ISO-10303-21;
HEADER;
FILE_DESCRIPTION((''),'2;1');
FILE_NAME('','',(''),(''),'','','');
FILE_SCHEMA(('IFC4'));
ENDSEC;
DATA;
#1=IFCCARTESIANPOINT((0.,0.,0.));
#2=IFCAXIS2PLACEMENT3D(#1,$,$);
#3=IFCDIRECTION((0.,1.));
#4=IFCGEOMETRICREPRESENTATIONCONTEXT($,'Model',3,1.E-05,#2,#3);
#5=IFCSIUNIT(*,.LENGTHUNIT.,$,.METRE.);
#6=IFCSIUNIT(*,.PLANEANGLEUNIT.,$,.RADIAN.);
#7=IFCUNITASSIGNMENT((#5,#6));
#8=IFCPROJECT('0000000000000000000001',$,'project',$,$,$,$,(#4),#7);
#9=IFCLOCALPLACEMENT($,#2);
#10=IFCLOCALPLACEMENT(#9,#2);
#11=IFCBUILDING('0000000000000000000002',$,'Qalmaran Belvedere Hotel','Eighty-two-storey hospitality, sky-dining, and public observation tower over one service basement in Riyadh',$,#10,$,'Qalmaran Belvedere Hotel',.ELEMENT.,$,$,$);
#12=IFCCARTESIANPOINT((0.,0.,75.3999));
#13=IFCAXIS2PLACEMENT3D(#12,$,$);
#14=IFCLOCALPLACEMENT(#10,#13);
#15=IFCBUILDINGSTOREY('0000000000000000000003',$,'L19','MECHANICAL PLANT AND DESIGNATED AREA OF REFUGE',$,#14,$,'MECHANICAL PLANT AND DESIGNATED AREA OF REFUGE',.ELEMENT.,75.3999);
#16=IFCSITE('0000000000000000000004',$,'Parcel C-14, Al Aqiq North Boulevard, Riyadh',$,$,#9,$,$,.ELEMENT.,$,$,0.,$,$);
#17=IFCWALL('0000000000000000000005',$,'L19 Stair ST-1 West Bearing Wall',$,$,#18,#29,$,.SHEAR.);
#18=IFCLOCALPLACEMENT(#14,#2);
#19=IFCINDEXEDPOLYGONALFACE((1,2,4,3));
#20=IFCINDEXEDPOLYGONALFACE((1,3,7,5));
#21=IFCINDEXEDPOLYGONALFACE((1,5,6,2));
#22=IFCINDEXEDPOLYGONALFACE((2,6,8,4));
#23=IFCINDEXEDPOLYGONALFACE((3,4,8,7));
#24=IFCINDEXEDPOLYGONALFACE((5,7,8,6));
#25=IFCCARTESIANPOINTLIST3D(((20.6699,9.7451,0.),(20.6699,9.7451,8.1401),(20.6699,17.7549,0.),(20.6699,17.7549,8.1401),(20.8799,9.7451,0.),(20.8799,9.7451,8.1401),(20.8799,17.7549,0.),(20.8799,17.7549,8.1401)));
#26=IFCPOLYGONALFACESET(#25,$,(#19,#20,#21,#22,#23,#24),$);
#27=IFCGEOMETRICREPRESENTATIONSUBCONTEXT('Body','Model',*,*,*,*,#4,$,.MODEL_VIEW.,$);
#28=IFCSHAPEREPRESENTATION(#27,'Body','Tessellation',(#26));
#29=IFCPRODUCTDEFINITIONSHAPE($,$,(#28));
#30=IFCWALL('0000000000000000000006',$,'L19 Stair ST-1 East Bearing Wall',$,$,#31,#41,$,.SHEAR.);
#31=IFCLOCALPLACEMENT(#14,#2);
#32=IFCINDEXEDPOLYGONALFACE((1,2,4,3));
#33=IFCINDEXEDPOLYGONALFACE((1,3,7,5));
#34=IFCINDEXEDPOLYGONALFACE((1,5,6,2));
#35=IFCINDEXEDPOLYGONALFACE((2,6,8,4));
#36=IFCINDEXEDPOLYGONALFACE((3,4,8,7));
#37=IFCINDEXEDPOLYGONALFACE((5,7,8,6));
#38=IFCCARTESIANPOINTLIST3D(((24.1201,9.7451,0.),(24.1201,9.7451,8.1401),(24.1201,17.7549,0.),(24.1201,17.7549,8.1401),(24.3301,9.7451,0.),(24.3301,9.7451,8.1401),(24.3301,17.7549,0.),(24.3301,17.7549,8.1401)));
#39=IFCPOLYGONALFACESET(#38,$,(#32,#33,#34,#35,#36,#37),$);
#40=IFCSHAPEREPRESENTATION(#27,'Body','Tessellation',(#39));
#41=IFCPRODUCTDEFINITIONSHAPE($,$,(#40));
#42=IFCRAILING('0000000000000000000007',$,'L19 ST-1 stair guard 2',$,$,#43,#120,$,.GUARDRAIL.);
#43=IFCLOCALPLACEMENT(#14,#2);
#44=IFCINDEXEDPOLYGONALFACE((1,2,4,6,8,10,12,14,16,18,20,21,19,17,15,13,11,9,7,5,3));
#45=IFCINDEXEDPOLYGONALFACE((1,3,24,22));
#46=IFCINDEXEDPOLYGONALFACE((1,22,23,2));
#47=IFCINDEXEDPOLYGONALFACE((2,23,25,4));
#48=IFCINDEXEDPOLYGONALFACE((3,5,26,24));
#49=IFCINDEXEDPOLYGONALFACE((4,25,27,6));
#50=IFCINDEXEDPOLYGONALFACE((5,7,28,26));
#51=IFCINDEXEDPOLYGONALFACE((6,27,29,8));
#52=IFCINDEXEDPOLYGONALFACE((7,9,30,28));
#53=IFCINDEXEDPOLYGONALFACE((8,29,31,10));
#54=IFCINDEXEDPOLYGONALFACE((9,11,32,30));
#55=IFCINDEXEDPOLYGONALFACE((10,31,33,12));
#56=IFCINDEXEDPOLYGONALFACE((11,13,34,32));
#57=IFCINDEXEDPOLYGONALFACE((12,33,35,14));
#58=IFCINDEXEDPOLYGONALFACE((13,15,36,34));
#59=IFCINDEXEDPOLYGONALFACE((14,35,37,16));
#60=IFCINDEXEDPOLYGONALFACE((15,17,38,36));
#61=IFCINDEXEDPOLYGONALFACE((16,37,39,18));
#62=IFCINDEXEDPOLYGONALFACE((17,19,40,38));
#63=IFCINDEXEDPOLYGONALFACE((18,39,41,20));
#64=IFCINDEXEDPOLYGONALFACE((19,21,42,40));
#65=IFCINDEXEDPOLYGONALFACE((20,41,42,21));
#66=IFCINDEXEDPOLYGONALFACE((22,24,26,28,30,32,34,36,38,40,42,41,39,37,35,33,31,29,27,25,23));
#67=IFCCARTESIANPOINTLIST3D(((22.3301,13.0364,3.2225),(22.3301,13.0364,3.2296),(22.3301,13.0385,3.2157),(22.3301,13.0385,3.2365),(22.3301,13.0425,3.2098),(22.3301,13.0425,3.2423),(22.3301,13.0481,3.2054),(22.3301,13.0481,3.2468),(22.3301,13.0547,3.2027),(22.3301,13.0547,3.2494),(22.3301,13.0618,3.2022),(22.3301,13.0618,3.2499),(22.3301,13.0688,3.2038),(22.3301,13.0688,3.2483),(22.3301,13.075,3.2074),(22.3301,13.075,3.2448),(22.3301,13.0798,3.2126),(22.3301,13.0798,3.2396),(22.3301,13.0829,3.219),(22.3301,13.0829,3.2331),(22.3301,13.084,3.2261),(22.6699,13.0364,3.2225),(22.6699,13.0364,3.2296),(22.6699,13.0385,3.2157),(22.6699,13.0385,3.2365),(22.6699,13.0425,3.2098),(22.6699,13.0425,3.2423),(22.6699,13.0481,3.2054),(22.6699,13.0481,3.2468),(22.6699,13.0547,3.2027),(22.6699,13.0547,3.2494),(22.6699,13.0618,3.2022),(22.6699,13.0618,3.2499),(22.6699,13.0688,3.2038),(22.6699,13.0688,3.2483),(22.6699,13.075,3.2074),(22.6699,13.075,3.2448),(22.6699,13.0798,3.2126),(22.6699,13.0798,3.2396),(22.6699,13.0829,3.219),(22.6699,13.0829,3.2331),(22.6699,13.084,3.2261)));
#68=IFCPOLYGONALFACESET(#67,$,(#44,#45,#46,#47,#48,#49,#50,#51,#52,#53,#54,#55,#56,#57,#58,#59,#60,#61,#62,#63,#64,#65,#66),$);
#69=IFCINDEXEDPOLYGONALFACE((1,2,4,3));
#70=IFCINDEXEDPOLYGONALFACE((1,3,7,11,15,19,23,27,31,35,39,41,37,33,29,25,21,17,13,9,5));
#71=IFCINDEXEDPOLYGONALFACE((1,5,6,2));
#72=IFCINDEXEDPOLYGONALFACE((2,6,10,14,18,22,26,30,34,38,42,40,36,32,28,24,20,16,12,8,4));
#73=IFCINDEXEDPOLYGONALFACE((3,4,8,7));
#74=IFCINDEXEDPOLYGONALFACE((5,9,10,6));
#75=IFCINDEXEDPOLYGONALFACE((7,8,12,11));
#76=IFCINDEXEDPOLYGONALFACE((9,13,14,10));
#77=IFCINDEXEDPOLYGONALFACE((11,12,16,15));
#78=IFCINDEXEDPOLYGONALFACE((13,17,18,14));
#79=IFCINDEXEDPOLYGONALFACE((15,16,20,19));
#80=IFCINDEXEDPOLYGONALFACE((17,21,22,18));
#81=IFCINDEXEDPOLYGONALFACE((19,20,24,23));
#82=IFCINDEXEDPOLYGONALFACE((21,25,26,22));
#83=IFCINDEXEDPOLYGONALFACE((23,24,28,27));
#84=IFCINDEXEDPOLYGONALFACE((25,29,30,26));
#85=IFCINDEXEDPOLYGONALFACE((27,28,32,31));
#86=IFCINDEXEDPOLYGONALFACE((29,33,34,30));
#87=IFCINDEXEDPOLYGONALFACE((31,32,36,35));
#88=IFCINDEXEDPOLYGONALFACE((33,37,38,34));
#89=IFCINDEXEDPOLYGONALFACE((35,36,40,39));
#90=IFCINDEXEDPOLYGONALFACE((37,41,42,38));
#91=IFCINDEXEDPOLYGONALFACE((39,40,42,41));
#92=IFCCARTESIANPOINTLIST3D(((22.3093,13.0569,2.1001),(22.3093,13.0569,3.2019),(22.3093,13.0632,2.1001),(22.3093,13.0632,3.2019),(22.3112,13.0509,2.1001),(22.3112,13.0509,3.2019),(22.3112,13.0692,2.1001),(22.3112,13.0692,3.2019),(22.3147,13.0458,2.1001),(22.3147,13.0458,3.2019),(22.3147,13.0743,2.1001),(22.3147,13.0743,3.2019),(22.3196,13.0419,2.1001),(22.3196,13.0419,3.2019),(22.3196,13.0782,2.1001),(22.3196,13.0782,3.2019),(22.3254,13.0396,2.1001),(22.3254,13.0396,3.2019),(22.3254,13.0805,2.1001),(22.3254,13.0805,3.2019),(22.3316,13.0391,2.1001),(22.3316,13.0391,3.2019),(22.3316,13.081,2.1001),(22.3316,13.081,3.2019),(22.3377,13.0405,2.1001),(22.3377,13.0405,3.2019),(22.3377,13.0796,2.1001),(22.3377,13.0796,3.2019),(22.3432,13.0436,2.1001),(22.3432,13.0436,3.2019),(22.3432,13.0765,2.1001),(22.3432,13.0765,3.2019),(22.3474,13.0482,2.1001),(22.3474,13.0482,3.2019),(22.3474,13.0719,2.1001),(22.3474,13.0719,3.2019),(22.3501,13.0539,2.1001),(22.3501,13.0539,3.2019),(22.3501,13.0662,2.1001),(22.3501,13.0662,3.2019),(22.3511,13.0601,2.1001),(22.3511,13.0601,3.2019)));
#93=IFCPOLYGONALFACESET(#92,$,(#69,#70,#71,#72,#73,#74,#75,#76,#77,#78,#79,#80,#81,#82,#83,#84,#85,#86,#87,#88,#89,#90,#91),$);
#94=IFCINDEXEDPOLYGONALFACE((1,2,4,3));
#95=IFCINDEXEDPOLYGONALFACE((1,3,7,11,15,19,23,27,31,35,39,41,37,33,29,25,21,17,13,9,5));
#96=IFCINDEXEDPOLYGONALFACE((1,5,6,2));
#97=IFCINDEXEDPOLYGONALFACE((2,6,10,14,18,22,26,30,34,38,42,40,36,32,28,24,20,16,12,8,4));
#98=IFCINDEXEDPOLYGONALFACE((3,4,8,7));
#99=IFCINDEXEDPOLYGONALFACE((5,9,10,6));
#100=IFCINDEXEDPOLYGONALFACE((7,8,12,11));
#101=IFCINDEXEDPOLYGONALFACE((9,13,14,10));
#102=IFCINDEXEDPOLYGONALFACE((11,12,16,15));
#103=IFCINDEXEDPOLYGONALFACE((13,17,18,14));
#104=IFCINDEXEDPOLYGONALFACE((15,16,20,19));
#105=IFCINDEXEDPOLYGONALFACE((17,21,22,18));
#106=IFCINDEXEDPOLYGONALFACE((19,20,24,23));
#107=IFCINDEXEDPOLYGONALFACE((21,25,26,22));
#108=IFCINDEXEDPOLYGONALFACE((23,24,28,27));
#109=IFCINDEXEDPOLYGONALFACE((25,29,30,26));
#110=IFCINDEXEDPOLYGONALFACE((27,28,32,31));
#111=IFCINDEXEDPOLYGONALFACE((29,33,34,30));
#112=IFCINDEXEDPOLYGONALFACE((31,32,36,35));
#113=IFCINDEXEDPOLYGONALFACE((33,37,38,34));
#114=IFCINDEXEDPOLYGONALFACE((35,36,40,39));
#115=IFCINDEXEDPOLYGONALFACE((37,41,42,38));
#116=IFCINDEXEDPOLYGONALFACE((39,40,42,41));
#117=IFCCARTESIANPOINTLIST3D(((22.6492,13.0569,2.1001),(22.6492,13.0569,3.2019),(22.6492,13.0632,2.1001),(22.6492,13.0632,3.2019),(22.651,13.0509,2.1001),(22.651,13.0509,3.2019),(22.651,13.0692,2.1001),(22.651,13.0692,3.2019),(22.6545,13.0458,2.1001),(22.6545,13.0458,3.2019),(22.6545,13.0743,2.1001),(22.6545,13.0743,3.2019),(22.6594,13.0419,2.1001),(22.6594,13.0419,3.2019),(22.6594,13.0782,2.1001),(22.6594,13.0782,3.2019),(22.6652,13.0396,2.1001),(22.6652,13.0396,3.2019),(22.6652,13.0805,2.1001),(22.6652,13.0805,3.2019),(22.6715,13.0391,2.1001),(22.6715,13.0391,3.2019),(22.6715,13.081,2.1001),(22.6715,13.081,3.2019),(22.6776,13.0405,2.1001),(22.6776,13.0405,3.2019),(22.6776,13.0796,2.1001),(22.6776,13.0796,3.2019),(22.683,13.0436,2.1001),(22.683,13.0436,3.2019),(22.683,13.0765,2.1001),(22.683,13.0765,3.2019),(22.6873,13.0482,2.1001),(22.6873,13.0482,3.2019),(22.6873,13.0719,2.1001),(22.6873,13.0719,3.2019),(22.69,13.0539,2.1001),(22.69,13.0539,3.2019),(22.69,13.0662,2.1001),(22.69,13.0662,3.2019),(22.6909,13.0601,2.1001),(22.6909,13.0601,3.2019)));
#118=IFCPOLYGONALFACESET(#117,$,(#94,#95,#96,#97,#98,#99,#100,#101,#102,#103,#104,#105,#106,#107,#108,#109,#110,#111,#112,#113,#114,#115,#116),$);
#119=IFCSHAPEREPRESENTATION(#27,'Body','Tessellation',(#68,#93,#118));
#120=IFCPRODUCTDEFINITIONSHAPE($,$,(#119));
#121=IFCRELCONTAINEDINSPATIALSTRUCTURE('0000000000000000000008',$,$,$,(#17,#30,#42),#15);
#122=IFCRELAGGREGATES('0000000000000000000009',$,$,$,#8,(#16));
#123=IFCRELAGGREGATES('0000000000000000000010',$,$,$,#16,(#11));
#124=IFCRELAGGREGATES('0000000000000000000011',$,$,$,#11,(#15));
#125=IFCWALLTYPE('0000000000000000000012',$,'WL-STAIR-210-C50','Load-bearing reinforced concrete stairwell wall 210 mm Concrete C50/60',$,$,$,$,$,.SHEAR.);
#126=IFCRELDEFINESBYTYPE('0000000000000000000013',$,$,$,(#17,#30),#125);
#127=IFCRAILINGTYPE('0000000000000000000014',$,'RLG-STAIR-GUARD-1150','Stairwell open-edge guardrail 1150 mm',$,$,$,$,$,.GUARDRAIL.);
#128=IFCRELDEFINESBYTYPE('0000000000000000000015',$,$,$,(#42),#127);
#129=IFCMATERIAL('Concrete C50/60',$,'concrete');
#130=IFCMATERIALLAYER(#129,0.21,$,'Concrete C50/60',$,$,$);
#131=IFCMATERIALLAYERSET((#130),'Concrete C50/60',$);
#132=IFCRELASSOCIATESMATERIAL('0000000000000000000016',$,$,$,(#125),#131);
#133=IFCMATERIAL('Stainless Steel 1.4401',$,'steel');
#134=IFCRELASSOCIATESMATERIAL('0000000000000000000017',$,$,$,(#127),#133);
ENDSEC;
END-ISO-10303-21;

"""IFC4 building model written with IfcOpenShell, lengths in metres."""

from ifc_helpers import new_model, si_unit, direction, frame, frame_2d, origin, origin_2d, place, context, subcontext, project, spatial, rectangle, circle, extrude, material, layer, layer_set, type_object, element, save


model = new_model("IFC4")

# Units and contexts
model_context = context("Model", 3, precision=1e-05, world=origin(), true_north=direction((0.0, 1.0)))
body_context = subcontext(model_context, "Body", "Model", "MODEL_VIEW")
ifc_project = project(units=[si_unit("LENGTHUNIT", "METRE"), si_unit("PLANEANGLEUNIT", "RADIAN")], contexts=[model_context])

# Site, building, storey
site_placement = place(None, origin())
site = spatial("IfcSite", under=ifc_project, at=site_placement, Name="Parcel C-14, Al Aqiq North Boulevard, Riyadh", CompositionType="ELEMENT", RefElevation=0.0)
building_placement = place(site_placement, origin())
building = spatial("IfcBuilding", under=site, at=building_placement, Name="Qalmaran Belvedere Hotel", Description="Eighty-two-storey hospitality, sky-dining, and public observation tower over one service basement in Riyadh", LongName="Qalmaran Belvedere Hotel", CompositionType="ELEMENT")
storey_placement = place(building_placement, frame((0.0, 0.0, 75.3999)))
storey = spatial("IfcBuildingStorey", under=building, at=storey_placement, Name="L19", Description="MECHANICAL PLANT AND DESIGNATED AREA OF REFUGE", LongName="MECHANICAL PLANT AND DESIGNATED AREA OF REFUGE", CompositionType="ELEMENT", Elevation=75.3999)

# Walls
ifc_material_1 = material(Name="Concrete C50/60", Category="concrete")
ifc_layer_1 = layer(ifc_material_1, 0.21, Name="Concrete C50/60")
ifc_layer_set_1 = layer_set([ifc_layer_1], Name="Concrete C50/60")
wall_type_1 = type_object("IfcWallType", Name="WL-STAIR-210-C50", Description="Load-bearing reinforced concrete stairwell wall 210 mm Concrete C50/60", PredefinedType="SHEAR", material=ifc_layer_set_1)
for number, where, z_axis, x_axis, name in (
    (1, (20.7749, 9.7451, 0.0), (0.0, 0.0, 1.0), (0.0, 1.0, 0.0), "L19 Stair ST-1 West Bearing Wall"),
    (2, (24.2251, 9.7451, 0.0), (0.0, 0.0, 1.0), (0.0, 1.0, 0.0), "L19 Stair ST-1 East Bearing Wall"),
):
    element("IfcWall", number, at=place(storey_placement, frame(where, z_axis=z_axis, x_axis=x_axis)), inside=storey, type_object=wall_type_1, Name=name, PredefinedType="SHEAR", context=body_context, shape_type="SweptSolid", body=[
        extrude(rectangle(XDim=8.0098, YDim=0.21, at=frame_2d((4.0049, 0.0))), origin(), (0.0, 0.0, 1.0), 8.1401),
    ])

# Railing
ifc_material_2 = material(Name="Stainless Steel 1.4401", Category="steel")
railing_type = type_object("IfcRailingType", Name="RLG-STAIR-GUARD-1150", Description="Stairwell open-edge guardrail 1150 mm", PredefinedType="GUARDRAIL", material=ifc_material_2)
railing_1_placement = place(storey_placement, frame((22.3301, 13.0601, 2.1001)))
element("IfcRailing", 3, at=railing_1_placement, inside=storey, type_object=railing_type, Name="L19 ST-1 stair guard 2", PredefinedType="GUARDRAIL", context=body_context, shape_type="SweptSolid", body=[
    extrude(circle(Radius=0.0239, at=origin_2d()), frame((0.0, 0.0, 1.126), z_axis=(1.0, 0.0, 0.0), x_axis=(0.0, 1.0, 0.0)), (0.0, 0.0, 1.0), 0.3398),
    extrude(circle(Radius=0.021, at=origin_2d()), origin(), (0.0, 0.0, 1.0), 1.1018),
    extrude(circle(Radius=0.021, at=origin_2d()), frame((0.3398, 0.0, 0.0)), (0.0, 0.0, 1.0), 1.1018),
])

save(model, "model.ifc")
